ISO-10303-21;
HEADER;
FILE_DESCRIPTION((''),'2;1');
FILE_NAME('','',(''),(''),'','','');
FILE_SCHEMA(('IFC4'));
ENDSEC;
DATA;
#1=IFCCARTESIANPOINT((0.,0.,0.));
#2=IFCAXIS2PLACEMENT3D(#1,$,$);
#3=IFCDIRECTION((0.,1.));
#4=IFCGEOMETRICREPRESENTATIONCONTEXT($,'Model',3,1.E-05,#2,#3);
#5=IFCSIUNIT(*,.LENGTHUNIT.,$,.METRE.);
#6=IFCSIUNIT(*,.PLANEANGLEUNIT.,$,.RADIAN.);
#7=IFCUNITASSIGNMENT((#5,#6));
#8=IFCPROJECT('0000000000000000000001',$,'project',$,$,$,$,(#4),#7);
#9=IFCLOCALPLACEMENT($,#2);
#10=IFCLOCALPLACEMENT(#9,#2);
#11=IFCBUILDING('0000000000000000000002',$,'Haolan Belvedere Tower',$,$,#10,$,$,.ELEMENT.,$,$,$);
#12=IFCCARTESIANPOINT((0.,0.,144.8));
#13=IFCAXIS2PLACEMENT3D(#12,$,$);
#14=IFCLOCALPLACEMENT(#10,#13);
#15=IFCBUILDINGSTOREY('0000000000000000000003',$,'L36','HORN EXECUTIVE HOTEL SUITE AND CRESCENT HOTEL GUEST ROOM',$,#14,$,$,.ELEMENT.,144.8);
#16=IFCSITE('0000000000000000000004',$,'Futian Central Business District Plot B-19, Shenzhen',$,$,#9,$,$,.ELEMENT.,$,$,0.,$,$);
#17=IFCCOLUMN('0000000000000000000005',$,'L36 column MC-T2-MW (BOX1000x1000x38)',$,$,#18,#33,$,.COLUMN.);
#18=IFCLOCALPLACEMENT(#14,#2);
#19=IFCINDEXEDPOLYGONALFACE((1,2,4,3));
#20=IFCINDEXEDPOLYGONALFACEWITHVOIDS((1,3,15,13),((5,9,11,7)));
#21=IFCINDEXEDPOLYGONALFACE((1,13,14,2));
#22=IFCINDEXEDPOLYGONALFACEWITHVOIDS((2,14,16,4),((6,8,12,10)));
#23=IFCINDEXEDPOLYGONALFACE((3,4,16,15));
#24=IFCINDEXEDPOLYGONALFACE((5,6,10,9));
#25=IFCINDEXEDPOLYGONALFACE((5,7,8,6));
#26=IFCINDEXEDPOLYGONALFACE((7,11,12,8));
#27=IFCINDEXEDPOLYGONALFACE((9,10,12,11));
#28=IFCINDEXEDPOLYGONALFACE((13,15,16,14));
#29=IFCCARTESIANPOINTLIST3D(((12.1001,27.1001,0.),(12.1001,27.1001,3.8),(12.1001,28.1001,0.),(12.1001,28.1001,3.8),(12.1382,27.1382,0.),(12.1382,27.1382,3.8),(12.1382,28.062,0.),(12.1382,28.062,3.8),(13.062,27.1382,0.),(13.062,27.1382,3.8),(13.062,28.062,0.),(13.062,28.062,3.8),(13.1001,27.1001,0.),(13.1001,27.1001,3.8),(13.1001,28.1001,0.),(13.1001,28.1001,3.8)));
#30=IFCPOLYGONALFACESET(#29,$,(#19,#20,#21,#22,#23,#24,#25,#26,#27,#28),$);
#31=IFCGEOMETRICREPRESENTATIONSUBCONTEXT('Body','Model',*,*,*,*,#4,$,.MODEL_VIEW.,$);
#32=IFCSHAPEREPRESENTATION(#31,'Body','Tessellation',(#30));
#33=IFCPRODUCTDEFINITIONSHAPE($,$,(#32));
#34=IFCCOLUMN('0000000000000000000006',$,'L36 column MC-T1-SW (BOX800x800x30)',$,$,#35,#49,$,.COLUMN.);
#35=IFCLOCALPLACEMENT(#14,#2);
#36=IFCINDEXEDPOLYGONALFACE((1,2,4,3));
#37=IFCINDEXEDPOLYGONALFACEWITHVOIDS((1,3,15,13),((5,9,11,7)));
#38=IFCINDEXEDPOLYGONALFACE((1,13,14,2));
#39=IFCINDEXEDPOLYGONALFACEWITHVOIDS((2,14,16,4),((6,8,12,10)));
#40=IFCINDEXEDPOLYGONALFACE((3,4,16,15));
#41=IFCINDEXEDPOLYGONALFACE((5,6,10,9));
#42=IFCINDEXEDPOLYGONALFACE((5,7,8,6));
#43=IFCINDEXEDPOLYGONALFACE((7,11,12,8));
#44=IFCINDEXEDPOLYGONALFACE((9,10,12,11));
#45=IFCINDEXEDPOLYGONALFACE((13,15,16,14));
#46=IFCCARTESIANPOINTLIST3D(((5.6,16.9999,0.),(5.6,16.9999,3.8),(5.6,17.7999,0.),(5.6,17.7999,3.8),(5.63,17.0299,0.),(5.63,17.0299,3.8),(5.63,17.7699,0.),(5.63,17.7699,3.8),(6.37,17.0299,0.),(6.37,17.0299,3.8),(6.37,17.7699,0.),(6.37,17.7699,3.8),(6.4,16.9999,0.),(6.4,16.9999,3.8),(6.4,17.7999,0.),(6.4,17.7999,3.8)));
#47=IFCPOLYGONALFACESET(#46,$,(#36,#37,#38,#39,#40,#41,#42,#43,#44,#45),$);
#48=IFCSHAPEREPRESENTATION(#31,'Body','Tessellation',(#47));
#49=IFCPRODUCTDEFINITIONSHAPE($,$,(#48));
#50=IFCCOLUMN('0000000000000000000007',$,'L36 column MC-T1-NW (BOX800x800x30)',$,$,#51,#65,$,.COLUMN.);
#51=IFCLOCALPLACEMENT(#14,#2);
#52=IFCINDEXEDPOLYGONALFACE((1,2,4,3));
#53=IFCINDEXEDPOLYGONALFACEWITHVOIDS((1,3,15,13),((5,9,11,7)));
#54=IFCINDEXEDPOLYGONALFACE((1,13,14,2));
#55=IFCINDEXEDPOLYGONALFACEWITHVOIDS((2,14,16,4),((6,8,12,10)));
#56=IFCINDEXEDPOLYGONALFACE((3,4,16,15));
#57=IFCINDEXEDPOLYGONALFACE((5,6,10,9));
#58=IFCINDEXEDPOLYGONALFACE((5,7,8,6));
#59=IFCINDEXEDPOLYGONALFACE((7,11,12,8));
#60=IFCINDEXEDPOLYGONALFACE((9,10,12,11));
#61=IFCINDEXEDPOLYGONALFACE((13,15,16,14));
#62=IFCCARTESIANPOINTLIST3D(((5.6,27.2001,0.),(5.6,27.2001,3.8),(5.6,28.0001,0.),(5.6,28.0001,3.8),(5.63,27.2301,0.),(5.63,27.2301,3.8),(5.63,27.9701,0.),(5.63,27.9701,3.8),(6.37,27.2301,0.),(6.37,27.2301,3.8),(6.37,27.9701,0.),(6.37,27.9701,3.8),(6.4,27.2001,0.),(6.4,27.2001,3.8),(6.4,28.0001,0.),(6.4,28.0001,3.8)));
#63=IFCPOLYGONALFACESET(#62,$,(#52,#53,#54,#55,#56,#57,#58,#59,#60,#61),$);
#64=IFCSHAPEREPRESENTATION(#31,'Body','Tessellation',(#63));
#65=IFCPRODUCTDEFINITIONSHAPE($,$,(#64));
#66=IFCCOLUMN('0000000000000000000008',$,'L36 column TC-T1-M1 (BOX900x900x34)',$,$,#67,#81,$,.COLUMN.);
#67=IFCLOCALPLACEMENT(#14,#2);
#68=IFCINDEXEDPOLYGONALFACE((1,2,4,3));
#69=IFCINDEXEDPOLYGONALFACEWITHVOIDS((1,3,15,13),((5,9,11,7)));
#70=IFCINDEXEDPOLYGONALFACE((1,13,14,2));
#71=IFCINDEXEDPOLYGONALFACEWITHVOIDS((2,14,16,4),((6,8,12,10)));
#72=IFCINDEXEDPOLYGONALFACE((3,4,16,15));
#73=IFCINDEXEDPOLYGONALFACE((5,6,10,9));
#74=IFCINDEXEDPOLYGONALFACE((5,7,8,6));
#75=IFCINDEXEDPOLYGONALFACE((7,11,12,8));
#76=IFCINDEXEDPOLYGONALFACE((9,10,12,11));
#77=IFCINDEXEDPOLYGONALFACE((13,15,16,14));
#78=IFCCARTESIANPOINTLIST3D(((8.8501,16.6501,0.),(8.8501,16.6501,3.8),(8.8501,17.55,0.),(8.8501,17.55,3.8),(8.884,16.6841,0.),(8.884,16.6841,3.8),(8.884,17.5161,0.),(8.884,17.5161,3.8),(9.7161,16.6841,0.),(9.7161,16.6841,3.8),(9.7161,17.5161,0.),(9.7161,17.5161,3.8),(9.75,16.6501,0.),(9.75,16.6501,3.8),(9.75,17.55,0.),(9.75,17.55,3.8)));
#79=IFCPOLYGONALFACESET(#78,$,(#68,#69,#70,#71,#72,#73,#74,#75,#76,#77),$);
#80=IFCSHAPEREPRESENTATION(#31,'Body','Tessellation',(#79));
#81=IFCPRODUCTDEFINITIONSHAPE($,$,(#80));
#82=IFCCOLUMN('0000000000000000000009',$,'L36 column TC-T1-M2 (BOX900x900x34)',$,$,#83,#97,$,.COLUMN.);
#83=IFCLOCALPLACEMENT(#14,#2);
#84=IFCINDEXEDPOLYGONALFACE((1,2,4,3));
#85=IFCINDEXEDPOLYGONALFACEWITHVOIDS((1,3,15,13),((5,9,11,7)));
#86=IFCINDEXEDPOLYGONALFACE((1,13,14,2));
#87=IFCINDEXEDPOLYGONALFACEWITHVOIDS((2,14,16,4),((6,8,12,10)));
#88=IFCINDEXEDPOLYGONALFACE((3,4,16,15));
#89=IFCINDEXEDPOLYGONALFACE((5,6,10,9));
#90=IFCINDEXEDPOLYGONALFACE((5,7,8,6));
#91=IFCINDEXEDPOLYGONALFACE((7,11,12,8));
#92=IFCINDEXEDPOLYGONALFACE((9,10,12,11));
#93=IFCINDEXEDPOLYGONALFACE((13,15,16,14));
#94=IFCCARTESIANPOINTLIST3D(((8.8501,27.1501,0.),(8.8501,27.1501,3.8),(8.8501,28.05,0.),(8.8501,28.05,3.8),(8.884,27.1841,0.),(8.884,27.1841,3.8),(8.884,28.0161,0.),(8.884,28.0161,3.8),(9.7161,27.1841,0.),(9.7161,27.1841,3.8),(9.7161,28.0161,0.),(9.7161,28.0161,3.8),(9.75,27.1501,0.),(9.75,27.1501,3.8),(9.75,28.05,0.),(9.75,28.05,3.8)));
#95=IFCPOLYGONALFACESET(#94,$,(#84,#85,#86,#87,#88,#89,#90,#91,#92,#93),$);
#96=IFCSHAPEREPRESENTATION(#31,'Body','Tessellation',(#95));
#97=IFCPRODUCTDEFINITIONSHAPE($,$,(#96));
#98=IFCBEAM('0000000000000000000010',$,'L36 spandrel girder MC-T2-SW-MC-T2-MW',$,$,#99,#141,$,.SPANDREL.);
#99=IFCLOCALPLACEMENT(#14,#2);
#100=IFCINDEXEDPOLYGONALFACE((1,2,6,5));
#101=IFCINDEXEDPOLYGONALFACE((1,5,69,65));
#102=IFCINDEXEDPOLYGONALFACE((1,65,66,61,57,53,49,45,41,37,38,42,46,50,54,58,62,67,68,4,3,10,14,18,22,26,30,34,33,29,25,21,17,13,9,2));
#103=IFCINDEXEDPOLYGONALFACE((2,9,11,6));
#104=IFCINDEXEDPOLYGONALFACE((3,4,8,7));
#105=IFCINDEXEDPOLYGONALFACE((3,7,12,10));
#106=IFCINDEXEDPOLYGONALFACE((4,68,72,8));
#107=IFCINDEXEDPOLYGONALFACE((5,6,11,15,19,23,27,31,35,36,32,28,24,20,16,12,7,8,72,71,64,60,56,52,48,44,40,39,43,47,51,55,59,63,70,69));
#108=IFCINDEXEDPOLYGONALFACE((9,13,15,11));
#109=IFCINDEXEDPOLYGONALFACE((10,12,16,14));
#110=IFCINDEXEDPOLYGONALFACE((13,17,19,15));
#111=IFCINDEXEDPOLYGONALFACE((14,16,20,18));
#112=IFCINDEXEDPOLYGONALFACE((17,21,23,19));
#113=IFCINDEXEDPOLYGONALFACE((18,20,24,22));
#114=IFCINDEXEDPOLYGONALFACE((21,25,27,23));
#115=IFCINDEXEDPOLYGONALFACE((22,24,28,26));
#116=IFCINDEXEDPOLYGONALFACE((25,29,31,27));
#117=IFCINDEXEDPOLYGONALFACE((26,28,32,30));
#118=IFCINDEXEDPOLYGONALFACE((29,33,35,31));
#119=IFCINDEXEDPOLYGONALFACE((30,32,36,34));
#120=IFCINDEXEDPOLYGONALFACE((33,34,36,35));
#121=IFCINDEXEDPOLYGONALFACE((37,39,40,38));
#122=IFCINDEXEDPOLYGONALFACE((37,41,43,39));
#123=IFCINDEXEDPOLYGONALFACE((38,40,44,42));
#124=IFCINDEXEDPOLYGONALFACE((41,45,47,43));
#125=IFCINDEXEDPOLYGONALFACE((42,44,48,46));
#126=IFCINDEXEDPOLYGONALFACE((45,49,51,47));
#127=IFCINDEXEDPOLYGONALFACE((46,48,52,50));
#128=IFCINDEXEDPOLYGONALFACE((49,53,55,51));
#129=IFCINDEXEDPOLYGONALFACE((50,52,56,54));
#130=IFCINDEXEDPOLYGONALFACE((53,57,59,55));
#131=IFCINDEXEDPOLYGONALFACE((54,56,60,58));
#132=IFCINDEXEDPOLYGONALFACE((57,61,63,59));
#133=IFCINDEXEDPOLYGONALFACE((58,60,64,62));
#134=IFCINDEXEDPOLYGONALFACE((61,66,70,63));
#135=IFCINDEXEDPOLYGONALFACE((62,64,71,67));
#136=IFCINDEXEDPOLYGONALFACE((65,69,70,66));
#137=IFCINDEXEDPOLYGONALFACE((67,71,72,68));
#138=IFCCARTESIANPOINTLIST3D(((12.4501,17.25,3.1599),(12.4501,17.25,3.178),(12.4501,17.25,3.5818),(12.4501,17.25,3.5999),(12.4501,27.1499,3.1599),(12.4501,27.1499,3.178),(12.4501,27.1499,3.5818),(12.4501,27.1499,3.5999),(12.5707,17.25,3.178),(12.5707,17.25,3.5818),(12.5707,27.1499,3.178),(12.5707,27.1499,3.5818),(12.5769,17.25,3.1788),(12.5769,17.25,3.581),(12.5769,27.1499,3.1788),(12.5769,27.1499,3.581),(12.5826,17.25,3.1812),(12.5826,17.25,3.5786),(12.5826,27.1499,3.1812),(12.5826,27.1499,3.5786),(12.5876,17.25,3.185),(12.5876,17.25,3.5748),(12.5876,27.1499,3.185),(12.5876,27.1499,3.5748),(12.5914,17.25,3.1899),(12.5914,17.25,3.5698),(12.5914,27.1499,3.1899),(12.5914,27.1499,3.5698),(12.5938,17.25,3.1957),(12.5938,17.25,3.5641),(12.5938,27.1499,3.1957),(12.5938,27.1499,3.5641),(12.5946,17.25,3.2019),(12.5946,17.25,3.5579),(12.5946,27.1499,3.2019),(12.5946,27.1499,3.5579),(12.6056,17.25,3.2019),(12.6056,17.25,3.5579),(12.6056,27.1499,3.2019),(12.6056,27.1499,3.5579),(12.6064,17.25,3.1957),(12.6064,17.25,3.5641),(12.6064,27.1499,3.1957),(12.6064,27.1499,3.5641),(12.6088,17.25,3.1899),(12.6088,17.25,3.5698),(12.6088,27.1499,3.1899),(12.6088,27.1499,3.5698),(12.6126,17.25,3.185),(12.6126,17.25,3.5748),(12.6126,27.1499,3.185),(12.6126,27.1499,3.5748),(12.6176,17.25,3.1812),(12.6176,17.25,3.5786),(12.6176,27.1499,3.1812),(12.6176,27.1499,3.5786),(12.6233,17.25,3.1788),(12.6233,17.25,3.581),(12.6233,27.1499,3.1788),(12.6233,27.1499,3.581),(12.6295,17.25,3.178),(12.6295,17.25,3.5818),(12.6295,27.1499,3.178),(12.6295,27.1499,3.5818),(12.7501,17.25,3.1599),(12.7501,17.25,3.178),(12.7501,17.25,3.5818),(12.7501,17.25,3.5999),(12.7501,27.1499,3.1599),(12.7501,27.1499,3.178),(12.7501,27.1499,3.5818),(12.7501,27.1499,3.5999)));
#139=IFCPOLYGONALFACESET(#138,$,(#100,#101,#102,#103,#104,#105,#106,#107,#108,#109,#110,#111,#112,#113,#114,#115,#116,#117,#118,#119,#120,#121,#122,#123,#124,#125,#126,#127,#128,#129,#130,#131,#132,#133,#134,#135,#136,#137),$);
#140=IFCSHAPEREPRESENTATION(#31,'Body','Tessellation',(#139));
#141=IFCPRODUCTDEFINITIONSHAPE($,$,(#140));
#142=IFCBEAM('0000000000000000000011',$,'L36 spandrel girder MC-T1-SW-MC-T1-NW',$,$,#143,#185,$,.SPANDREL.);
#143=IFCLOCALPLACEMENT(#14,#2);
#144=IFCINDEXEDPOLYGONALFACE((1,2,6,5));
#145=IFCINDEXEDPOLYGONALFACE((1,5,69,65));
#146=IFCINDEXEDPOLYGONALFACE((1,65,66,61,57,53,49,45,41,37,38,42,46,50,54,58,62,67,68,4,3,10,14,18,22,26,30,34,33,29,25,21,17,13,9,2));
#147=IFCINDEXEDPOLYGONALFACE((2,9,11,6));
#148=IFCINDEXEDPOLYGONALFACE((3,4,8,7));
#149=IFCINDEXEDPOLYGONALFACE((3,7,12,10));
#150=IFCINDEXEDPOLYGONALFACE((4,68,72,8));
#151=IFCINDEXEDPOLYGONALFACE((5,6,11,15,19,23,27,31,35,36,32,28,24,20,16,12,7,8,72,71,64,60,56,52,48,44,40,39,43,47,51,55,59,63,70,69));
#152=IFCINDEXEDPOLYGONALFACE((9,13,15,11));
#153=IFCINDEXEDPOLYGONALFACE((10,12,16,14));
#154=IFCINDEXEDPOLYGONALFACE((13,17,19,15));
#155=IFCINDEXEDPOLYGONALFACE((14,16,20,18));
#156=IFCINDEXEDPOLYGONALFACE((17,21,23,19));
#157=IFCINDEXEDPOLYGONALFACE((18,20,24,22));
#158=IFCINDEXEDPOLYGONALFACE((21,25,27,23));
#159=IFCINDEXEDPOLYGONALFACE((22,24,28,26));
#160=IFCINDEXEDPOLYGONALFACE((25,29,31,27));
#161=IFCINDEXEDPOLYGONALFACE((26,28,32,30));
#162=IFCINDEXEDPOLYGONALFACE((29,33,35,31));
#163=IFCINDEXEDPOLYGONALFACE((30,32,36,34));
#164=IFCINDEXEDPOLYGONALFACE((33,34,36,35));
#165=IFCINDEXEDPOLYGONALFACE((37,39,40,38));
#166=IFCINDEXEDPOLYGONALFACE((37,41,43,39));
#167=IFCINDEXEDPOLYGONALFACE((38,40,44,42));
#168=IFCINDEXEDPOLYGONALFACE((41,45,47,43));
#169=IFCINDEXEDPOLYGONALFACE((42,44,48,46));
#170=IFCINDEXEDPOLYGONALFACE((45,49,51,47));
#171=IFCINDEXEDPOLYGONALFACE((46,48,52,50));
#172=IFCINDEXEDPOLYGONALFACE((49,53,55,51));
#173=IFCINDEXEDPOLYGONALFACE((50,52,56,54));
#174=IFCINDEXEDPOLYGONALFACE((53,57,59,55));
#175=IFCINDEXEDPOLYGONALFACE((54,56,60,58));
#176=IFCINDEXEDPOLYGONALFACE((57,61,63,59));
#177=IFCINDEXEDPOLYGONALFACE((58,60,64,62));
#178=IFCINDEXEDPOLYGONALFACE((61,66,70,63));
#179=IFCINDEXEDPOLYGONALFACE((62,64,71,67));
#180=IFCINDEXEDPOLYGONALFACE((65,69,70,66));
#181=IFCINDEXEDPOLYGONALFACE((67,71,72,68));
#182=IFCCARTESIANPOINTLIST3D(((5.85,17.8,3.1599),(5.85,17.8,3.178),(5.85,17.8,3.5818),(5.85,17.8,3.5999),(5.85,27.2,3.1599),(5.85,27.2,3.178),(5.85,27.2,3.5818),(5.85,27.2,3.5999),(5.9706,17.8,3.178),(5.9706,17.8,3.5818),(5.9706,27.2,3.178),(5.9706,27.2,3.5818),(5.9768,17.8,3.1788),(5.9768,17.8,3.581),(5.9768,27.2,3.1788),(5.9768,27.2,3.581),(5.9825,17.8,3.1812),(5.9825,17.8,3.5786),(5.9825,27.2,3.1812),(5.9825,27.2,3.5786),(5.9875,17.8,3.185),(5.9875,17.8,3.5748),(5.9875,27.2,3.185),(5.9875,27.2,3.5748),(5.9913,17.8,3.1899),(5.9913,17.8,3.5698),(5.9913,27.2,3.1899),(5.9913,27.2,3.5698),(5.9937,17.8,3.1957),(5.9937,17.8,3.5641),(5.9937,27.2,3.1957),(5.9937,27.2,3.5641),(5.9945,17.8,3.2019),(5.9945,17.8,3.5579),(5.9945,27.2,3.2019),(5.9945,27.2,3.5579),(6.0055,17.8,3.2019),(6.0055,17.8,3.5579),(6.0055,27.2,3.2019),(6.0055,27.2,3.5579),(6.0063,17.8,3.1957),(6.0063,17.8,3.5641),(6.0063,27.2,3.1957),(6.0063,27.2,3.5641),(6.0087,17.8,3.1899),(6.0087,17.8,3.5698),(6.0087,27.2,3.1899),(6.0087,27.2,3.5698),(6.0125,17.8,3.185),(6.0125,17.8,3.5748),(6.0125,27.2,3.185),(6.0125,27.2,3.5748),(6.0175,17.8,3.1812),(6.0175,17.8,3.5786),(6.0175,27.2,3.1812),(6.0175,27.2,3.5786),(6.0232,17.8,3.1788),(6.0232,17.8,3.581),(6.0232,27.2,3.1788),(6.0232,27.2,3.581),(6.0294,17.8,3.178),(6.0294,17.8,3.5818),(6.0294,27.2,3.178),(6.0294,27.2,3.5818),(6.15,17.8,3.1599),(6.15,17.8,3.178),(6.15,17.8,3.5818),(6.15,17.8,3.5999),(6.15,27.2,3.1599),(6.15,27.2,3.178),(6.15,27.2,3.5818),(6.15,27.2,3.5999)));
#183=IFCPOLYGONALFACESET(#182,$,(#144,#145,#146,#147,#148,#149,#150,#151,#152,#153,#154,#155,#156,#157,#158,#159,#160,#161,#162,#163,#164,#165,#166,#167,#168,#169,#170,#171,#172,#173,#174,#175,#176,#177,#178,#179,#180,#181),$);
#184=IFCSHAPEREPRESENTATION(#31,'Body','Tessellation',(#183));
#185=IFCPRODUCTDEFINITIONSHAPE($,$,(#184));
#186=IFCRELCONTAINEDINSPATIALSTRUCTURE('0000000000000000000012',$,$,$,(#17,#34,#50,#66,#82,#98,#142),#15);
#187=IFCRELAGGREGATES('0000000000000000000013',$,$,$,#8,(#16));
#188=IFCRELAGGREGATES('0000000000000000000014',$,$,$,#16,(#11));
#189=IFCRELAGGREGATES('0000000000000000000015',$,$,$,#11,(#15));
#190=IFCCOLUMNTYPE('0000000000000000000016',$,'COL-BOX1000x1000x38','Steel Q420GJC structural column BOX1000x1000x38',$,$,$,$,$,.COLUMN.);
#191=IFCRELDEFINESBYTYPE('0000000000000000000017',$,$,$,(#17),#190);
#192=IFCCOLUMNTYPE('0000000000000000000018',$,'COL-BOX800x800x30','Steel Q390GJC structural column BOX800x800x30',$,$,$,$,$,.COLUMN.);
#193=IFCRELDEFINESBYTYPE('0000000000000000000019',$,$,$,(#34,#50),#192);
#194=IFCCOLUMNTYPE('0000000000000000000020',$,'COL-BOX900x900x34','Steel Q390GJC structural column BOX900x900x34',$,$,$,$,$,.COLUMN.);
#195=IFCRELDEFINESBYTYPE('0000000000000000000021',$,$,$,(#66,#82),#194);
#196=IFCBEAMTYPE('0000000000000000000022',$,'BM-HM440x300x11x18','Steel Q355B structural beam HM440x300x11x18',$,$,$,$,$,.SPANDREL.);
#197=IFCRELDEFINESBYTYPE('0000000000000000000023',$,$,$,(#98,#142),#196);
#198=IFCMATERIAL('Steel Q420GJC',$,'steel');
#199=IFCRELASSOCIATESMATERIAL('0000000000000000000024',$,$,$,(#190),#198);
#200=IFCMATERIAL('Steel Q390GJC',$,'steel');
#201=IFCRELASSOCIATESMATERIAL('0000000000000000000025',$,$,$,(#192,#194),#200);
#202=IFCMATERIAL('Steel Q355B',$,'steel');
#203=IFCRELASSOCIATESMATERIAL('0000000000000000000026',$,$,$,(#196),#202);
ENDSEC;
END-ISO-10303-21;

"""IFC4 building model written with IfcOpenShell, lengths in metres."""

from ifc_helpers import new_model, si_unit, direction, frame, origin, origin_2d, place, context, subcontext, project, spatial, hollow_rectangle, i_section, extrude, material, material_profile, profile_set, type_object, element, save


model = new_model("IFC4")

# Units and contexts
model_context = context("Model", 3, precision=1e-05, world=origin(), true_north=direction((0.0, 1.0)))
body_context = subcontext(model_context, "Body", "Model", "MODEL_VIEW")
ifc_project = project(units=[si_unit("LENGTHUNIT", "METRE"), si_unit("PLANEANGLEUNIT", "RADIAN")], contexts=[model_context])

# Site, building, storey
site_placement = place(None, origin())
site = spatial("IfcSite", under=ifc_project, at=site_placement, Name="Futian Central Business District Plot B-19, Shenzhen", CompositionType="ELEMENT", RefElevation=0.0)
building_placement = place(site_placement, origin())
building = spatial("IfcBuilding", under=site, at=building_placement, Name="Haolan Belvedere Tower", CompositionType="ELEMENT")
storey_placement = place(building_placement, frame((0.0, 0.0, 144.8)))
storey = spatial("IfcBuildingStorey", under=building, at=storey_placement, Name="L36", Description="HORN EXECUTIVE HOTEL SUITE AND CRESCENT HOTEL GUEST ROOM", CompositionType="ELEMENT", Elevation=144.8)

# Columns
ifc_material_1 = material(Name="Steel Q420GJC", Category="steel")
ifc_material_profile_1 = material_profile(ifc_material_1, hollow_rectangle(XDim=1.0, YDim=1.0, WallThickness=0.0381, at=origin_2d()), Name="Steel Q420GJC")
ifc_profile_set_1 = profile_set([ifc_material_profile_1], Name="Steel Q420GJC")
column_type_1 = type_object("IfcColumnType", Name="COL-BOX1000x1000x38", Description="Steel Q420GJC structural column BOX1000x1000x38", PredefinedType="COLUMN", material=ifc_profile_set_1)
column_placement = place(storey_placement, frame((12.6001, 27.6001, 0.0), z_axis=(0.0, 0.0, 1.0), x_axis=(1.0, 0.0, 0.0)))
element("IfcColumn", 1, at=column_placement, inside=storey, type_object=column_type_1, Name="L36 column MC-T2-MW (BOX1000x1000x38)", PredefinedType="COLUMN", context=body_context, shape_type="SweptSolid", body=[
    extrude(hollow_rectangle(XDim=1.0, YDim=1.0, WallThickness=0.0381, at=origin_2d()), origin(), (0.0, 0.0, 1.0), 3.8),
])
ifc_material_2 = material(Name="Steel Q390GJC", Category="steel")
ifc_material_profile_2 = material_profile(ifc_material_2, hollow_rectangle(XDim=0.8, YDim=0.8, WallThickness=0.03, at=origin_2d()), Name="Steel Q390GJC")
ifc_profile_set_2 = profile_set([ifc_material_profile_2], Name="Steel Q390GJC")
column_type_2 = type_object("IfcColumnType", Name="COL-BOX800x800x30", Description="Steel Q390GJC structural column BOX800x800x30", PredefinedType="COLUMN", material=ifc_profile_set_2)
for number, where, z_axis, x_axis, name in (
    (2, (6.0, 17.3999, 0.0), (0.0, 0.0, 1.0), (1.0, 0.0, 0.0), "L36 column MC-T1-SW (BOX800x800x30)"),
    (3, (6.0, 27.6001, 0.0), (0.0, 0.0, 1.0), (1.0, 0.0, 0.0), "L36 column MC-T1-NW (BOX800x800x30)"),
):
    element("IfcColumn", number, at=place(storey_placement, frame(where, z_axis=z_axis, x_axis=x_axis)), inside=storey, type_object=column_type_2, Name=name, PredefinedType="COLUMN", context=body_context, shape_type="SweptSolid", body=[
        extrude(hollow_rectangle(XDim=0.8, YDim=0.8, WallThickness=0.03, at=origin_2d()), origin(), (0.0, 0.0, 1.0), 3.8),
    ])
ifc_material_profile_3 = material_profile(ifc_material_2, hollow_rectangle(XDim=0.8999, YDim=0.8999, WallThickness=0.0339, at=origin_2d()), Name="Steel Q390GJC")
ifc_profile_set_3 = profile_set([ifc_material_profile_3], Name="Steel Q390GJC")
column_type_3 = type_object("IfcColumnType", Name="COL-BOX900x900x34", Description="Steel Q390GJC structural column BOX900x900x34", PredefinedType="COLUMN", material=ifc_profile_set_3)
for number, where, z_axis, x_axis, name in (
    (4, (9.3, 17.1001, 0.0), (0.0, 0.0, 1.0), (1.0, 0.0, 0.0), "L36 column TC-T1-M1 (BOX900x900x34)"),
    (5, (9.3, 27.6001, 0.0), (0.0, 0.0, 1.0), (1.0, 0.0, 0.0), "L36 column TC-T1-M2 (BOX900x900x34)"),
):
    element("IfcColumn", number, at=place(storey_placement, frame(where, z_axis=z_axis, x_axis=x_axis)), inside=storey, type_object=column_type_3, Name=name, PredefinedType="COLUMN", context=body_context, shape_type="SweptSolid", body=[
        extrude(hollow_rectangle(XDim=0.8999, YDim=0.8999, WallThickness=0.0339, at=origin_2d()), origin(), (0.0, 0.0, 1.0), 3.8),
    ])

# Beams
ifc_material_3 = material(Name="Steel Q355B", Category="steel")
ifc_material_profile_4 = material_profile(ifc_material_3, i_section(OverallWidth=0.3, OverallDepth=0.4399, WebThickness=0.011, FlangeThickness=0.0181, FilletRadius=0.0239, at=origin_2d()), Name="Steel Q355B")
ifc_profile_set_4 = profile_set([ifc_material_profile_4], Name="Steel Q355B")
beam_type_1 = type_object("IfcBeamType", Name="BM-HM440x300x11x18", Description="Steel Q355B structural beam HM440x300x11x18", PredefinedType="SPANDREL", material=ifc_profile_set_4)
beam_1_placement = place(storey_placement, frame((12.6001, 17.25, 3.3799), z_axis=(0.0, 1.0, 0.0), x_axis=(-1.0, 0.0, 0.0)))
element("IfcBeam", 6, at=beam_1_placement, inside=storey, type_object=beam_type_1, Name="L36 spandrel girder MC-T2-SW-MC-T2-MW", PredefinedType="SPANDREL", context=body_context, shape_type="SweptSolid", body=[
    extrude(i_section(OverallWidth=0.3, OverallDepth=0.4399, WebThickness=0.011, FlangeThickness=0.0181, FilletRadius=0.0239, at=origin_2d()), origin(), (0.0, 0.0, 1.0), 9.8999),
])
beam_2_placement = place(storey_placement, frame((6.0, 17.8, 3.3799), z_axis=(0.0, 1.0, 0.0), x_axis=(-1.0, 0.0, 0.0)))
element("IfcBeam", 7, at=beam_2_placement, inside=storey, type_object=beam_type_1, Name="L36 spandrel girder MC-T1-SW-MC-T1-NW", PredefinedType="SPANDREL", context=body_context, shape_type="SweptSolid", body=[
    extrude(i_section(OverallWidth=0.3, OverallDepth=0.4399, WebThickness=0.011, FlangeThickness=0.0181, FilletRadius=0.0239, at=origin_2d()), origin(), (0.0, 0.0, 1.0), 9.3999),
])

save(model, "model.ifc")
